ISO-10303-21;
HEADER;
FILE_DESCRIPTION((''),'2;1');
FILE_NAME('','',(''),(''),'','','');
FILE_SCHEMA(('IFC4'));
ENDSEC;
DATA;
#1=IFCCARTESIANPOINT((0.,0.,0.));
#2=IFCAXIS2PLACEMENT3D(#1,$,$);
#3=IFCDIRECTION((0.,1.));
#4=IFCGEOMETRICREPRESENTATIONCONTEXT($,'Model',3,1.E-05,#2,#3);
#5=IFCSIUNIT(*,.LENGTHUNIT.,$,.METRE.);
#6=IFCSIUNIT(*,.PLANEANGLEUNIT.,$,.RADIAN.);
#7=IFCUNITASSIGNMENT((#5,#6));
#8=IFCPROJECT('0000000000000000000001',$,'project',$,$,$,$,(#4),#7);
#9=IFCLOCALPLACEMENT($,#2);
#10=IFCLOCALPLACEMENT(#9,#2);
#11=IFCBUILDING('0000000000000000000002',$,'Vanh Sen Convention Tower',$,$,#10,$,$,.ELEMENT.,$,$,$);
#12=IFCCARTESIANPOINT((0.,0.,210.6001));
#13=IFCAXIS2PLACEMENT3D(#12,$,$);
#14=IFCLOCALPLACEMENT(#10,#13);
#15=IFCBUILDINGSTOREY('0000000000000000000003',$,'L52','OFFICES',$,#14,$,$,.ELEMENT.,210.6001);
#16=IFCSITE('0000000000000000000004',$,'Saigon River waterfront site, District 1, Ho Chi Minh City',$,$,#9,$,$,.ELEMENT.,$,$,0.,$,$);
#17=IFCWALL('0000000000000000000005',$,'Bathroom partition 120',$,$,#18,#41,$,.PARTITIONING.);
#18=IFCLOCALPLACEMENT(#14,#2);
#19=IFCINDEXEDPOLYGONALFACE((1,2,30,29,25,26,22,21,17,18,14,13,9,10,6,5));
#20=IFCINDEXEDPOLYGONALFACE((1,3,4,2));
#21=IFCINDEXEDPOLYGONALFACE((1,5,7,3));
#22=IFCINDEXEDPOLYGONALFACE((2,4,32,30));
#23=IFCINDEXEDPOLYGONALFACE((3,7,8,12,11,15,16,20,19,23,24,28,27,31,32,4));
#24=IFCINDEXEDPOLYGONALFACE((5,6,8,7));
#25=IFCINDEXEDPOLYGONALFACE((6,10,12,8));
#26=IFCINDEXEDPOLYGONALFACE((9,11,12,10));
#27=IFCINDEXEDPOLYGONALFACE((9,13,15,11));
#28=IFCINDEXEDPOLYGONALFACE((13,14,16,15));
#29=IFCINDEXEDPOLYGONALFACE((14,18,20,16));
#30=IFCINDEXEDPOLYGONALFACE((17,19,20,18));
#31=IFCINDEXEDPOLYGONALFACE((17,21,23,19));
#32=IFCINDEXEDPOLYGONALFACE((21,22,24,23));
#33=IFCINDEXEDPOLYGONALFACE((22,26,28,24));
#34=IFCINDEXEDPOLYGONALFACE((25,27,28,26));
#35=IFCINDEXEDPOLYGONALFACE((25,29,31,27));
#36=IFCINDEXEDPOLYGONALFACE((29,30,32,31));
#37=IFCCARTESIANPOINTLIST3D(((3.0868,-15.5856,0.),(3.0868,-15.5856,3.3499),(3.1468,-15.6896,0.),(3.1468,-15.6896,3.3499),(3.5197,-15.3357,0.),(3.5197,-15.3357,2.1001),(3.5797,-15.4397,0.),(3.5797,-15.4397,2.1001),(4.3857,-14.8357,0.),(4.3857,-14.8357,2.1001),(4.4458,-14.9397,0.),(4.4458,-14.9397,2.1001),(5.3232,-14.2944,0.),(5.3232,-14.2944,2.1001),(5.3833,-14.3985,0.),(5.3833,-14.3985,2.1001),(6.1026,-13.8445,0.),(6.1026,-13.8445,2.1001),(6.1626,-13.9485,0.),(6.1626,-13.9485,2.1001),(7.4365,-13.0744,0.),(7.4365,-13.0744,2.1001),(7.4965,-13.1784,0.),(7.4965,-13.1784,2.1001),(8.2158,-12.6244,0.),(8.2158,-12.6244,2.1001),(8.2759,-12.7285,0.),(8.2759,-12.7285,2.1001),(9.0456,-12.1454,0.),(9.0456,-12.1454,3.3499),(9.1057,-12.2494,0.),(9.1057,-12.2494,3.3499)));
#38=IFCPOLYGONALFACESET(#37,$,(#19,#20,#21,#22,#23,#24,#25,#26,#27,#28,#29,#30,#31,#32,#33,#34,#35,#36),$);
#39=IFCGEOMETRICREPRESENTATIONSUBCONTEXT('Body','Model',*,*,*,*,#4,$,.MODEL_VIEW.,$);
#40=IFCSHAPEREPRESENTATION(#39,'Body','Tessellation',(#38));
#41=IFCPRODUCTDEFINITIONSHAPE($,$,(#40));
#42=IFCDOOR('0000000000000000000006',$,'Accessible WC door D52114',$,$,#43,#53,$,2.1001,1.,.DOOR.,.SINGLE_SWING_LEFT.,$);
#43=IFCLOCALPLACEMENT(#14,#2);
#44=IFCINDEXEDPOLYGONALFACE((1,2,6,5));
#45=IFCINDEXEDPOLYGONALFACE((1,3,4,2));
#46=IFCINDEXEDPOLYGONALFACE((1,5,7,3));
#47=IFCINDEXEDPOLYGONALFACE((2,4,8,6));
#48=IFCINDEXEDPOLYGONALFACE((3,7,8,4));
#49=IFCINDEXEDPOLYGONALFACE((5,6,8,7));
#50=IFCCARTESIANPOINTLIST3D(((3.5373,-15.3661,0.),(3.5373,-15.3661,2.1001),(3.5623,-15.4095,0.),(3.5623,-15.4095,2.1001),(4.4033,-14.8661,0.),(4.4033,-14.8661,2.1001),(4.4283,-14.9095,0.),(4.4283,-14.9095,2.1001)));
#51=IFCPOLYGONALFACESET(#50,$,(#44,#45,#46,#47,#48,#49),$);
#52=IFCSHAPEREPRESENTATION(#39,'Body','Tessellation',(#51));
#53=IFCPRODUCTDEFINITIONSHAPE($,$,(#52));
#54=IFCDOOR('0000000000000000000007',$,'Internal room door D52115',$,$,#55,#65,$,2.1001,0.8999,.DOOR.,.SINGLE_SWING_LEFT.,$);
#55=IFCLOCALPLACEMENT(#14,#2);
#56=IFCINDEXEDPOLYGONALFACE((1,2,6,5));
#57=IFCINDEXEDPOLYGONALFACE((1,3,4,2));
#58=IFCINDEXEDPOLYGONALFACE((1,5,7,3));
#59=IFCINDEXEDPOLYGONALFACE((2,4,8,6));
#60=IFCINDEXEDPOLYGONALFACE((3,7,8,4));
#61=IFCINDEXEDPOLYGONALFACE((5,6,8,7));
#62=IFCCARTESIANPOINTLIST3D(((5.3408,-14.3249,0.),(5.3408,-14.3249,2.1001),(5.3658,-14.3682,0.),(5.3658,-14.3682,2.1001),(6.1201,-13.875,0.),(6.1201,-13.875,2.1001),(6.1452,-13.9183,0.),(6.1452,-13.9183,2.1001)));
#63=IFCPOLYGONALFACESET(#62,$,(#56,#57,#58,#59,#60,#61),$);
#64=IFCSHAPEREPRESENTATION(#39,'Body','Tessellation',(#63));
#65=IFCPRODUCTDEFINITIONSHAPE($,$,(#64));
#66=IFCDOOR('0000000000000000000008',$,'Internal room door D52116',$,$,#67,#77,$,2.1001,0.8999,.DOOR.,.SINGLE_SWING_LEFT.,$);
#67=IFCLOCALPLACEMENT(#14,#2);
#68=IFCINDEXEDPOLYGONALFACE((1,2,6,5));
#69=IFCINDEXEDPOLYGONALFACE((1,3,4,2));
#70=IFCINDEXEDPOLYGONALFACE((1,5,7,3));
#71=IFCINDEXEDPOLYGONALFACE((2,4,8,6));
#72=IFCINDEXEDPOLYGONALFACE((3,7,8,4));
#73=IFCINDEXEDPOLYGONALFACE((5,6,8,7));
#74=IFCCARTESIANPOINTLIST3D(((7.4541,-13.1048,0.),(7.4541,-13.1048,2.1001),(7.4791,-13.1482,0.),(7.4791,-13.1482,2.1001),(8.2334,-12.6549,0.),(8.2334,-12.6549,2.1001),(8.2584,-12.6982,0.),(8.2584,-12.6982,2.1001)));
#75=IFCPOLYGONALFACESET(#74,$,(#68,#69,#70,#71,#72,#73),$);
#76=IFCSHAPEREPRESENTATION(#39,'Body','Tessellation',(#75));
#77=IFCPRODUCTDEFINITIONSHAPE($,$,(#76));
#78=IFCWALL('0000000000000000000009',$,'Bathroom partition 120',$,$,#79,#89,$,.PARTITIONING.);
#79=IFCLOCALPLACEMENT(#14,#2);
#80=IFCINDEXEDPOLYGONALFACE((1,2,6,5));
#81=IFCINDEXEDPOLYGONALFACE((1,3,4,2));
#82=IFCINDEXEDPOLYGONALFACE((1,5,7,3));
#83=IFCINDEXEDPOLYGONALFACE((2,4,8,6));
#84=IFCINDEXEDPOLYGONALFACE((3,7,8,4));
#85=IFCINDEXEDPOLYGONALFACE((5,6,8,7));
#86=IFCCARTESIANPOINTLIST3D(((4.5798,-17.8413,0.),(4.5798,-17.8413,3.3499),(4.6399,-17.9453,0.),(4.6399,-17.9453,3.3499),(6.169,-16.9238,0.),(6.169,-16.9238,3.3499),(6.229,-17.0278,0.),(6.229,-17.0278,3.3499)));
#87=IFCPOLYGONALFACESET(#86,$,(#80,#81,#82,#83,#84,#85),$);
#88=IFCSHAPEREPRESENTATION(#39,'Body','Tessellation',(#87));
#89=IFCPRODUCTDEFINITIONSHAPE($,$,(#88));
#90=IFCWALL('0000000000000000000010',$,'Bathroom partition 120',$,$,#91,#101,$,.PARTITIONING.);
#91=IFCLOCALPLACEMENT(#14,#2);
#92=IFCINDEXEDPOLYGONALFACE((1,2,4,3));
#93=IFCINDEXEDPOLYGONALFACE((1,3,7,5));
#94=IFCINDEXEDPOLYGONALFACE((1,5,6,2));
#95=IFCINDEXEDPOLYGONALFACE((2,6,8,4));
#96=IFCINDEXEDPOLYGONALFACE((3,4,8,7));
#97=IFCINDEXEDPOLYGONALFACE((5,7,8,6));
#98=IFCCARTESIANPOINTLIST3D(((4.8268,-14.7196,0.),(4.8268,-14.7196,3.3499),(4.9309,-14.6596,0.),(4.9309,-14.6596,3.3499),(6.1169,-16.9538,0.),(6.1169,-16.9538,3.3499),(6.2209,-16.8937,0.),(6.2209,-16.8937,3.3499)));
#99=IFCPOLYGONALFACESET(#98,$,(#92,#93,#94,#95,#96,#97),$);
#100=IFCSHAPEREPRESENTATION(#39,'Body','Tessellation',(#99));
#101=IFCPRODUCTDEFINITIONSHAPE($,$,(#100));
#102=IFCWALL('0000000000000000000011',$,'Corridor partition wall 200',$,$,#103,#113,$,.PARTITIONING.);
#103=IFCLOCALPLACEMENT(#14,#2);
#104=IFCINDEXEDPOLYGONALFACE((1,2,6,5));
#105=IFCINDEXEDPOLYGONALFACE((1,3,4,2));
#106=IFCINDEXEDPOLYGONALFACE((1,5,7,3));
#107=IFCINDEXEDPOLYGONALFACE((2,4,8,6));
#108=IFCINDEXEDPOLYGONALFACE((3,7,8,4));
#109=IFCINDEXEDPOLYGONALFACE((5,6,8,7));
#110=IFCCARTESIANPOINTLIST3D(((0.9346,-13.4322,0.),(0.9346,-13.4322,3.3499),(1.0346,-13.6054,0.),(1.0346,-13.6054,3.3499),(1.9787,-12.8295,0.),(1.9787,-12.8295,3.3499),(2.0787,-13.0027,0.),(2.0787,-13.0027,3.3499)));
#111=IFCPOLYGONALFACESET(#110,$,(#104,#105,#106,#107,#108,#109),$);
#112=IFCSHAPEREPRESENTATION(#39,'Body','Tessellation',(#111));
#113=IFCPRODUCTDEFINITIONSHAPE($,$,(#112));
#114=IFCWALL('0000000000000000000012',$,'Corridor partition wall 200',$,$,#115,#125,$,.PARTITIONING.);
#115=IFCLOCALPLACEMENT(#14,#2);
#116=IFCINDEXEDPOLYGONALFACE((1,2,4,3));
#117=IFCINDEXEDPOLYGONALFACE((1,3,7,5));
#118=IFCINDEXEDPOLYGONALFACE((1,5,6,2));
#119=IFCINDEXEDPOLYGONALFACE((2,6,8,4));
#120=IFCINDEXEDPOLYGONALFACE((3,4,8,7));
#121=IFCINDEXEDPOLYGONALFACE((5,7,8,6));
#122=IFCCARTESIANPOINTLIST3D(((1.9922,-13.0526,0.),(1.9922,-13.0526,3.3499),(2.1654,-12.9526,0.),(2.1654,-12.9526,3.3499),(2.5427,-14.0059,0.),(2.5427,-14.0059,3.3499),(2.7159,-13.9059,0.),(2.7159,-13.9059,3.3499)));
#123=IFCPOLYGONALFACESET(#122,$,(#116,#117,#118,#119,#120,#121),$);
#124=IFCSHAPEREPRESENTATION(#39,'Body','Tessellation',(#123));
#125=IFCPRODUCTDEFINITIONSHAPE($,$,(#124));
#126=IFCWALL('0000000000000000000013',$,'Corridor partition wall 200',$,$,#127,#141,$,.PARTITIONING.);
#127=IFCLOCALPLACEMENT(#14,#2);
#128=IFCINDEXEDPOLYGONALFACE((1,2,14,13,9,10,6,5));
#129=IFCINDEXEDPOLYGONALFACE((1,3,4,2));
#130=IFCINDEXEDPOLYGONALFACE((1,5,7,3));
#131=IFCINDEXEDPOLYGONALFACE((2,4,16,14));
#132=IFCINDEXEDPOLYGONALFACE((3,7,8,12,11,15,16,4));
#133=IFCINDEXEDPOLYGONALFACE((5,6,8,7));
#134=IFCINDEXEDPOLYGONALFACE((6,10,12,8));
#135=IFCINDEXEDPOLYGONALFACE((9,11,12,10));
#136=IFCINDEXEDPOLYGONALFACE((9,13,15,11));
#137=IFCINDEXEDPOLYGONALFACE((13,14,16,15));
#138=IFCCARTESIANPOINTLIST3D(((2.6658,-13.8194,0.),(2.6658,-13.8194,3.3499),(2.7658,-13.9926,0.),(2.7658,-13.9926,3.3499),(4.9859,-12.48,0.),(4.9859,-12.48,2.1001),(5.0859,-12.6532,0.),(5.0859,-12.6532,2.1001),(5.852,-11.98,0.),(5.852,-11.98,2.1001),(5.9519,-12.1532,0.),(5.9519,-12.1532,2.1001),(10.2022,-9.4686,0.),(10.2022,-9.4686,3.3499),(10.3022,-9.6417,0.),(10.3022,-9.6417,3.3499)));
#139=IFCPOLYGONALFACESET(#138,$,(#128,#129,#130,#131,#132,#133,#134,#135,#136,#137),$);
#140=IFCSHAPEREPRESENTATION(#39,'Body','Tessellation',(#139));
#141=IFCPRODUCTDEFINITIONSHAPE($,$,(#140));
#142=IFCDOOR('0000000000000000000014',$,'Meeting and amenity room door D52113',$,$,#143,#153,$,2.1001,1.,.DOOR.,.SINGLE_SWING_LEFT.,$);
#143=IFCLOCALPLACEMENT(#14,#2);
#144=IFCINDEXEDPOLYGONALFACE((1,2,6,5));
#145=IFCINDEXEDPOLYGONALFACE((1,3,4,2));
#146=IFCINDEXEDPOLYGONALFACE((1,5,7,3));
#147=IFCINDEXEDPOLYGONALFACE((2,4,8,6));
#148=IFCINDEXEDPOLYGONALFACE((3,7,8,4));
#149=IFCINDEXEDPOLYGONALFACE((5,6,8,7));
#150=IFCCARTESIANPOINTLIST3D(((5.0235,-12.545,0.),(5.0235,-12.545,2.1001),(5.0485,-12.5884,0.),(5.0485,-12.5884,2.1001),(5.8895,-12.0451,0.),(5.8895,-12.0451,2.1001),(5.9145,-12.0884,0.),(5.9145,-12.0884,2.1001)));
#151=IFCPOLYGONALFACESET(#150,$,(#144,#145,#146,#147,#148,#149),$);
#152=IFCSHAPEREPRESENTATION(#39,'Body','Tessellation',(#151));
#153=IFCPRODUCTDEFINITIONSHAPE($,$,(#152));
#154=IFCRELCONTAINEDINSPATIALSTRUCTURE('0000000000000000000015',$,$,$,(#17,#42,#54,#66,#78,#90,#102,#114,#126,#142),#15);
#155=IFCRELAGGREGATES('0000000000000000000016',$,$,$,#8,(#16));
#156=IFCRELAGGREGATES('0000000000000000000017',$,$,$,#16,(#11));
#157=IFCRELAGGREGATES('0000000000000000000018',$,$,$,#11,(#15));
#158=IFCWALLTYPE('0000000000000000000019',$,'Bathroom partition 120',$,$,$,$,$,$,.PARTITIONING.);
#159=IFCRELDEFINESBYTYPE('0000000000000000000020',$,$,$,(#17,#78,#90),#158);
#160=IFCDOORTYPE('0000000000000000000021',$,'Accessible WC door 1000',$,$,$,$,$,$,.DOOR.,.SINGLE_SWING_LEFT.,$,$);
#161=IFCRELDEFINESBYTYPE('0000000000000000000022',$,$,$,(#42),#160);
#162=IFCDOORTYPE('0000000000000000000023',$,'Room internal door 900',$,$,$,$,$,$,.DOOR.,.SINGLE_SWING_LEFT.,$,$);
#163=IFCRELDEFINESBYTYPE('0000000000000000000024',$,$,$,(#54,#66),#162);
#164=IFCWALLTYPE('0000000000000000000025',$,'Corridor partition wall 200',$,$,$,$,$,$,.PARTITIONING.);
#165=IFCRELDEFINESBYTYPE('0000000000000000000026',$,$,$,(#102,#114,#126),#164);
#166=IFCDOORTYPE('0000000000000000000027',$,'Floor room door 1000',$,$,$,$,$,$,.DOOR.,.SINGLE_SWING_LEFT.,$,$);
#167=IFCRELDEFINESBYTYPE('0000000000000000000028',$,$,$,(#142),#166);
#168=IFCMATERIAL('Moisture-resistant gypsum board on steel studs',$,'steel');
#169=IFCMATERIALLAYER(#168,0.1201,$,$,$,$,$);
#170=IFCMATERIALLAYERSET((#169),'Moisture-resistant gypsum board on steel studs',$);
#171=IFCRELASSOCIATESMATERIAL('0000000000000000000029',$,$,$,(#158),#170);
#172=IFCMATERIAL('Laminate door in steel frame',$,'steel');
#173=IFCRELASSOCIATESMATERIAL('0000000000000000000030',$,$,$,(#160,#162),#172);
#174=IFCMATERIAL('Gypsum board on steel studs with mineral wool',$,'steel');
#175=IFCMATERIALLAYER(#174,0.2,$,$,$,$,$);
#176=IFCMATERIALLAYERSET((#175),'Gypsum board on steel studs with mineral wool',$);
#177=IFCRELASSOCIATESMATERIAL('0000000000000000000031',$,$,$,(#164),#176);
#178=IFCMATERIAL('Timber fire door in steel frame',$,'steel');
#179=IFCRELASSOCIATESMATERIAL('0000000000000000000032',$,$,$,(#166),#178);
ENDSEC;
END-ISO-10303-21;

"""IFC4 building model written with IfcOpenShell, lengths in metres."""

from ifc_helpers import new_model, si_unit, direction, frame, frame_2d, origin, place, context, subcontext, project, spatial, rectangle, extrude, material, layer, layer_set, type_object, element, fill, save


model = new_model("IFC4")

# Units and contexts
model_context = context("Model", 3, precision=1e-05, world=origin(), true_north=direction((0.0, 1.0)))
body_context = subcontext(model_context, "Body", "Model", "MODEL_VIEW")
ifc_project = project(units=[si_unit("LENGTHUNIT", "METRE"), si_unit("PLANEANGLEUNIT", "RADIAN")], contexts=[model_context])

# Site, building, storey
site_placement = place(None, origin())
site = spatial("IfcSite", under=ifc_project, at=site_placement, Name="Saigon River waterfront site, District 1, Ho Chi Minh City", CompositionType="ELEMENT", RefElevation=0.0)
building_placement = place(site_placement, origin())
building = spatial("IfcBuilding", under=site, at=building_placement, Name="Vanh Sen Convention Tower", CompositionType="ELEMENT")
storey_placement = place(building_placement, frame((0.0, 0.0, 210.6001)))
storey = spatial("IfcBuildingStorey", under=building, at=storey_placement, Name="L52", Description="OFFICES", CompositionType="ELEMENT", Elevation=210.6001)

# Wall, openings, doors
ifc_material_1 = material(Name="Moisture-resistant gypsum board on steel studs", Category="steel")
ifc_layer_1 = layer(ifc_material_1, 0.1201)
ifc_layer_set_1 = layer_set([ifc_layer_1], Name="Moisture-resistant gypsum board on steel studs")
wall_type_1 = type_object("IfcWallType", Name="Bathroom partition 120", PredefinedType="PARTITIONING", material=ifc_layer_set_1)
wall_1_placement = place(storey_placement, frame((3.1167, -15.6377, 0.0), z_axis=(0.0, 0.0, 1.0), x_axis=(0.866031, 0.49999, 0.0)))
wall_1 = element("IfcWall", 1, at=wall_1_placement, inside=storey, type_object=wall_type_1, Name="Bathroom partition 120", PredefinedType="PARTITIONING", context=body_context, shape_type="SweptSolid", body=[
    extrude(rectangle(XDim=6.8806, YDim=0.1201, at=frame_2d((3.4404, 0.0))), origin(), (0.0, 0.0, 1.0), 3.3499),
])
opening_1_placement = place(wall_1_placement, frame((0.5, 0.0, 0.0)))
opening_1 = element("IfcOpeningElement", 2, at=opening_1_placement, cuts=wall_1, PredefinedType="OPENING", context=body_context, shape_type="SweptSolid", body=[
    extrude(rectangle(XDim=1.0, YDim=2.1001, at=frame_2d((0.5, 1.05))), frame((0.0, 0.0701, 0.0), z_axis=(0.0, -1.0, 0.0), x_axis=(1.0, 0.0, 0.0)), (0.0, 0.0, 1.0), 0.1401),
])
opening_2_placement = place(wall_1_placement, frame((2.5825, 0.0, 0.0)))
opening_2 = element("IfcOpeningElement", 3, at=opening_2_placement, cuts=wall_1, PredefinedType="OPENING", context=body_context, shape_type="SweptSolid", body=[
    extrude(rectangle(XDim=0.8999, YDim=2.1001, at=frame_2d((0.45, 1.05))), frame((0.0, 0.0701, 0.0), z_axis=(0.0, -1.0, 0.0), x_axis=(1.0, 0.0, 0.0)), (0.0, 0.0, 1.0), 0.1401),
])
opening_3_placement = place(wall_1_placement, frame((5.0227, 0.0, 0.0)))
opening_3 = element("IfcOpeningElement", 4, at=opening_3_placement, cuts=wall_1, PredefinedType="OPENING", context=body_context, shape_type="SweptSolid", body=[
    extrude(rectangle(XDim=0.8999, YDim=2.1001, at=frame_2d((0.45, 1.05))), frame((0.0, 0.0701, 0.0), z_axis=(0.0, -1.0, 0.0), x_axis=(1.0, 0.0, 0.0)), (0.0, 0.0, 1.0), 0.1401),
])
ifc_material_2 = material(Name="Laminate door in steel frame", Category="steel")
door_type_1 = type_object("IfcDoorType", Name="Accessible WC door 1000", OperationType="SINGLE_SWING_LEFT", PredefinedType="DOOR", material=ifc_material_2)
door_1_placement = place(opening_1_placement, origin())
door_1 = element("IfcDoor", 5, at=door_1_placement, inside=storey, type_object=door_type_1, Name="Accessible WC door D52114", OperationType="SINGLE_SWING_LEFT", OverallHeight=2.1001, OverallWidth=1.0, PredefinedType="DOOR", context=body_context, shape_type="SweptSolid", body=[
    extrude(rectangle(XDim=1.0, YDim=2.1001, at=frame_2d((0.5, 1.05))), frame((0.0, 0.0249, 0.0), z_axis=(0.0, -1.0, 0.0), x_axis=(1.0, 0.0, 0.0)), (0.0, 0.0, 1.0), 0.05),
])
fill(opening_1, door_1)
door_type_2 = type_object("IfcDoorType", Name="Room internal door 900", OperationType="SINGLE_SWING_LEFT", PredefinedType="DOOR", material=ifc_material_2)
door_2_placement = place(opening_2_placement, origin())
door_2 = element("IfcDoor", 6, at=door_2_placement, inside=storey, type_object=door_type_2, Name="Internal room door D52115", OperationType="SINGLE_SWING_LEFT", OverallHeight=2.1001, OverallWidth=0.8999, PredefinedType="DOOR", context=body_context, shape_type="SweptSolid", body=[
    extrude(rectangle(XDim=0.8999, YDim=2.1001, at=frame_2d((0.45, 1.05))), frame((0.0, 0.0249, 0.0), z_axis=(0.0, -1.0, 0.0), x_axis=(1.0, 0.0, 0.0)), (0.0, 0.0, 1.0), 0.05),
])
fill(opening_2, door_2)
door_3_placement = place(opening_3_placement, origin())
door_3 = element("IfcDoor", 7, at=door_3_placement, inside=storey, type_object=door_type_2, Name="Internal room door D52116", OperationType="SINGLE_SWING_LEFT", OverallHeight=2.1001, OverallWidth=0.8999, PredefinedType="DOOR", context=body_context, shape_type="SweptSolid", body=[
    extrude(rectangle(XDim=0.8999, YDim=2.1001, at=frame_2d((0.45, 1.05))), frame((0.0, 0.0249, 0.0), z_axis=(0.0, -1.0, 0.0), x_axis=(1.0, 0.0, 0.0)), (0.0, 0.0, 1.0), 0.05),
])
fill(opening_3, door_3)

# Walls
wall_2_placement = place(storey_placement, frame((4.6099, -17.8933, 0.0), z_axis=(0.0, 0.0, 1.0), x_axis=(0.866024, 0.500003, 0.0)))
element("IfcWall", 8, at=wall_2_placement, inside=storey, type_object=wall_type_1, Name="Bathroom partition 120", PredefinedType="PARTITIONING", context=body_context, shape_type="SweptSolid", body=[
    extrude(rectangle(XDim=1.835, YDim=0.1201, at=frame_2d((0.9175, 0.0))), origin(), (0.0, 0.0, 1.0), 3.3499),
])
wall_3_placement = place(storey_placement, frame((6.1689, -16.9238, 0.0), z_axis=(0.0, 0.0, 1.0), x_axis=(-0.500047, 0.865998, 0.0)))
element("IfcWall", 9, at=wall_3_placement, inside=storey, type_object=wall_type_1, Name="Bathroom partition 120", PredefinedType="PARTITIONING", context=body_context, shape_type="SweptSolid", body=[
    extrude(rectangle(XDim=2.5798, YDim=0.1201, at=frame_2d((1.29, 0.0))), origin(), (0.0, 0.0, 1.0), 3.3499),
])
ifc_material_3 = material(Name="Gypsum board on steel studs with mineral wool", Category="steel")
ifc_layer_2 = layer(ifc_material_3, 0.2)
ifc_layer_set_2 = layer_set([ifc_layer_2], Name="Gypsum board on steel studs with mineral wool")
wall_type_2 = type_object("IfcWallType", Name="Corridor partition wall 200", PredefinedType="PARTITIONING", material=ifc_layer_set_2)
wall_4_placement = place(storey_placement, frame((0.9846, -13.5188, 0.0), z_axis=(0.0, 0.0, 1.0), x_axis=(0.866054, 0.49995, 0.0)))
element("IfcWall", 10, at=wall_4_placement, inside=storey, type_object=wall_type_2, Name="Corridor partition wall 200", PredefinedType="PARTITIONING", context=body_context, shape_type="SweptSolid", body=[
    extrude(rectangle(XDim=1.2056, YDim=0.2, at=frame_2d((0.6028, 0.0))), origin(), (0.0, 0.0, 1.0), 3.3499),
])
wall_5_placement = place(storey_placement, frame((2.0789, -13.0027, 0.0), z_axis=(0.0, 0.0, 1.0), x_axis=(0.500074, -0.865982, 0.0)))
element("IfcWall", 11, at=wall_5_placement, inside=storey, type_object=wall_type_2, Name="Corridor partition wall 200", PredefinedType="PARTITIONING", context=body_context, shape_type="SweptSolid", body=[
    extrude(rectangle(XDim=1.1008, YDim=0.2, at=frame_2d((0.5503, 0.0))), origin(), (0.0, 0.0, 1.0), 3.3499),
])

# Wall, opening, door
wall_6_placement = place(storey_placement, frame((2.7158, -13.906, 0.0), z_axis=(0.0, 0.0, 1.0), x_axis=(0.86604, 0.499974, 0.0)))
wall_6 = element("IfcWall", 12, at=wall_6_placement, inside=storey, type_object=wall_type_2, Name="Corridor partition wall 200", PredefinedType="PARTITIONING", context=body_context, shape_type="SweptSolid", body=[
    extrude(rectangle(XDim=8.7021, YDim=0.2, at=frame_2d((4.3511, 0.0))), origin(), (0.0, 0.0, 1.0), 3.3499),
])
opening_4_placement = place(wall_6_placement, frame((2.679, 0.0, 0.0)))
opening_4 = element("IfcOpeningElement", 13, at=opening_4_placement, cuts=wall_6, PredefinedType="OPENING", context=body_context, shape_type="SweptSolid", body=[
    extrude(rectangle(XDim=1.0, YDim=2.1001, at=frame_2d((0.5, 1.05))), frame((0.0, 0.1099, 0.0), z_axis=(0.0, -1.0, 0.0), x_axis=(1.0, 0.0, 0.0)), (0.0, 0.0, 1.0), 0.22),
])
ifc_material_4 = material(Name="Timber fire door in steel frame", Category="steel")
door_type_3 = type_object("IfcDoorType", Name="Floor room door 1000", OperationType="SINGLE_SWING_LEFT", PredefinedType="DOOR", material=ifc_material_4)
door_4_placement = place(opening_4_placement, origin())
door_4 = element("IfcDoor", 14, at=door_4_placement, inside=storey, type_object=door_type_3, Name="Meeting and amenity room door D52113", OperationType="SINGLE_SWING_LEFT", OverallHeight=2.1001, OverallWidth=1.0, PredefinedType="DOOR", context=body_context, shape_type="SweptSolid", body=[
    extrude(rectangle(XDim=1.0, YDim=2.1001, at=frame_2d((0.5, 1.05))), frame((0.0, 0.0249, 0.0), z_axis=(0.0, -1.0, 0.0), x_axis=(1.0, 0.0, 0.0)), (0.0, 0.0, 1.0), 0.05),
])
fill(opening_4, door_4)

save(model, "model.ifc")
